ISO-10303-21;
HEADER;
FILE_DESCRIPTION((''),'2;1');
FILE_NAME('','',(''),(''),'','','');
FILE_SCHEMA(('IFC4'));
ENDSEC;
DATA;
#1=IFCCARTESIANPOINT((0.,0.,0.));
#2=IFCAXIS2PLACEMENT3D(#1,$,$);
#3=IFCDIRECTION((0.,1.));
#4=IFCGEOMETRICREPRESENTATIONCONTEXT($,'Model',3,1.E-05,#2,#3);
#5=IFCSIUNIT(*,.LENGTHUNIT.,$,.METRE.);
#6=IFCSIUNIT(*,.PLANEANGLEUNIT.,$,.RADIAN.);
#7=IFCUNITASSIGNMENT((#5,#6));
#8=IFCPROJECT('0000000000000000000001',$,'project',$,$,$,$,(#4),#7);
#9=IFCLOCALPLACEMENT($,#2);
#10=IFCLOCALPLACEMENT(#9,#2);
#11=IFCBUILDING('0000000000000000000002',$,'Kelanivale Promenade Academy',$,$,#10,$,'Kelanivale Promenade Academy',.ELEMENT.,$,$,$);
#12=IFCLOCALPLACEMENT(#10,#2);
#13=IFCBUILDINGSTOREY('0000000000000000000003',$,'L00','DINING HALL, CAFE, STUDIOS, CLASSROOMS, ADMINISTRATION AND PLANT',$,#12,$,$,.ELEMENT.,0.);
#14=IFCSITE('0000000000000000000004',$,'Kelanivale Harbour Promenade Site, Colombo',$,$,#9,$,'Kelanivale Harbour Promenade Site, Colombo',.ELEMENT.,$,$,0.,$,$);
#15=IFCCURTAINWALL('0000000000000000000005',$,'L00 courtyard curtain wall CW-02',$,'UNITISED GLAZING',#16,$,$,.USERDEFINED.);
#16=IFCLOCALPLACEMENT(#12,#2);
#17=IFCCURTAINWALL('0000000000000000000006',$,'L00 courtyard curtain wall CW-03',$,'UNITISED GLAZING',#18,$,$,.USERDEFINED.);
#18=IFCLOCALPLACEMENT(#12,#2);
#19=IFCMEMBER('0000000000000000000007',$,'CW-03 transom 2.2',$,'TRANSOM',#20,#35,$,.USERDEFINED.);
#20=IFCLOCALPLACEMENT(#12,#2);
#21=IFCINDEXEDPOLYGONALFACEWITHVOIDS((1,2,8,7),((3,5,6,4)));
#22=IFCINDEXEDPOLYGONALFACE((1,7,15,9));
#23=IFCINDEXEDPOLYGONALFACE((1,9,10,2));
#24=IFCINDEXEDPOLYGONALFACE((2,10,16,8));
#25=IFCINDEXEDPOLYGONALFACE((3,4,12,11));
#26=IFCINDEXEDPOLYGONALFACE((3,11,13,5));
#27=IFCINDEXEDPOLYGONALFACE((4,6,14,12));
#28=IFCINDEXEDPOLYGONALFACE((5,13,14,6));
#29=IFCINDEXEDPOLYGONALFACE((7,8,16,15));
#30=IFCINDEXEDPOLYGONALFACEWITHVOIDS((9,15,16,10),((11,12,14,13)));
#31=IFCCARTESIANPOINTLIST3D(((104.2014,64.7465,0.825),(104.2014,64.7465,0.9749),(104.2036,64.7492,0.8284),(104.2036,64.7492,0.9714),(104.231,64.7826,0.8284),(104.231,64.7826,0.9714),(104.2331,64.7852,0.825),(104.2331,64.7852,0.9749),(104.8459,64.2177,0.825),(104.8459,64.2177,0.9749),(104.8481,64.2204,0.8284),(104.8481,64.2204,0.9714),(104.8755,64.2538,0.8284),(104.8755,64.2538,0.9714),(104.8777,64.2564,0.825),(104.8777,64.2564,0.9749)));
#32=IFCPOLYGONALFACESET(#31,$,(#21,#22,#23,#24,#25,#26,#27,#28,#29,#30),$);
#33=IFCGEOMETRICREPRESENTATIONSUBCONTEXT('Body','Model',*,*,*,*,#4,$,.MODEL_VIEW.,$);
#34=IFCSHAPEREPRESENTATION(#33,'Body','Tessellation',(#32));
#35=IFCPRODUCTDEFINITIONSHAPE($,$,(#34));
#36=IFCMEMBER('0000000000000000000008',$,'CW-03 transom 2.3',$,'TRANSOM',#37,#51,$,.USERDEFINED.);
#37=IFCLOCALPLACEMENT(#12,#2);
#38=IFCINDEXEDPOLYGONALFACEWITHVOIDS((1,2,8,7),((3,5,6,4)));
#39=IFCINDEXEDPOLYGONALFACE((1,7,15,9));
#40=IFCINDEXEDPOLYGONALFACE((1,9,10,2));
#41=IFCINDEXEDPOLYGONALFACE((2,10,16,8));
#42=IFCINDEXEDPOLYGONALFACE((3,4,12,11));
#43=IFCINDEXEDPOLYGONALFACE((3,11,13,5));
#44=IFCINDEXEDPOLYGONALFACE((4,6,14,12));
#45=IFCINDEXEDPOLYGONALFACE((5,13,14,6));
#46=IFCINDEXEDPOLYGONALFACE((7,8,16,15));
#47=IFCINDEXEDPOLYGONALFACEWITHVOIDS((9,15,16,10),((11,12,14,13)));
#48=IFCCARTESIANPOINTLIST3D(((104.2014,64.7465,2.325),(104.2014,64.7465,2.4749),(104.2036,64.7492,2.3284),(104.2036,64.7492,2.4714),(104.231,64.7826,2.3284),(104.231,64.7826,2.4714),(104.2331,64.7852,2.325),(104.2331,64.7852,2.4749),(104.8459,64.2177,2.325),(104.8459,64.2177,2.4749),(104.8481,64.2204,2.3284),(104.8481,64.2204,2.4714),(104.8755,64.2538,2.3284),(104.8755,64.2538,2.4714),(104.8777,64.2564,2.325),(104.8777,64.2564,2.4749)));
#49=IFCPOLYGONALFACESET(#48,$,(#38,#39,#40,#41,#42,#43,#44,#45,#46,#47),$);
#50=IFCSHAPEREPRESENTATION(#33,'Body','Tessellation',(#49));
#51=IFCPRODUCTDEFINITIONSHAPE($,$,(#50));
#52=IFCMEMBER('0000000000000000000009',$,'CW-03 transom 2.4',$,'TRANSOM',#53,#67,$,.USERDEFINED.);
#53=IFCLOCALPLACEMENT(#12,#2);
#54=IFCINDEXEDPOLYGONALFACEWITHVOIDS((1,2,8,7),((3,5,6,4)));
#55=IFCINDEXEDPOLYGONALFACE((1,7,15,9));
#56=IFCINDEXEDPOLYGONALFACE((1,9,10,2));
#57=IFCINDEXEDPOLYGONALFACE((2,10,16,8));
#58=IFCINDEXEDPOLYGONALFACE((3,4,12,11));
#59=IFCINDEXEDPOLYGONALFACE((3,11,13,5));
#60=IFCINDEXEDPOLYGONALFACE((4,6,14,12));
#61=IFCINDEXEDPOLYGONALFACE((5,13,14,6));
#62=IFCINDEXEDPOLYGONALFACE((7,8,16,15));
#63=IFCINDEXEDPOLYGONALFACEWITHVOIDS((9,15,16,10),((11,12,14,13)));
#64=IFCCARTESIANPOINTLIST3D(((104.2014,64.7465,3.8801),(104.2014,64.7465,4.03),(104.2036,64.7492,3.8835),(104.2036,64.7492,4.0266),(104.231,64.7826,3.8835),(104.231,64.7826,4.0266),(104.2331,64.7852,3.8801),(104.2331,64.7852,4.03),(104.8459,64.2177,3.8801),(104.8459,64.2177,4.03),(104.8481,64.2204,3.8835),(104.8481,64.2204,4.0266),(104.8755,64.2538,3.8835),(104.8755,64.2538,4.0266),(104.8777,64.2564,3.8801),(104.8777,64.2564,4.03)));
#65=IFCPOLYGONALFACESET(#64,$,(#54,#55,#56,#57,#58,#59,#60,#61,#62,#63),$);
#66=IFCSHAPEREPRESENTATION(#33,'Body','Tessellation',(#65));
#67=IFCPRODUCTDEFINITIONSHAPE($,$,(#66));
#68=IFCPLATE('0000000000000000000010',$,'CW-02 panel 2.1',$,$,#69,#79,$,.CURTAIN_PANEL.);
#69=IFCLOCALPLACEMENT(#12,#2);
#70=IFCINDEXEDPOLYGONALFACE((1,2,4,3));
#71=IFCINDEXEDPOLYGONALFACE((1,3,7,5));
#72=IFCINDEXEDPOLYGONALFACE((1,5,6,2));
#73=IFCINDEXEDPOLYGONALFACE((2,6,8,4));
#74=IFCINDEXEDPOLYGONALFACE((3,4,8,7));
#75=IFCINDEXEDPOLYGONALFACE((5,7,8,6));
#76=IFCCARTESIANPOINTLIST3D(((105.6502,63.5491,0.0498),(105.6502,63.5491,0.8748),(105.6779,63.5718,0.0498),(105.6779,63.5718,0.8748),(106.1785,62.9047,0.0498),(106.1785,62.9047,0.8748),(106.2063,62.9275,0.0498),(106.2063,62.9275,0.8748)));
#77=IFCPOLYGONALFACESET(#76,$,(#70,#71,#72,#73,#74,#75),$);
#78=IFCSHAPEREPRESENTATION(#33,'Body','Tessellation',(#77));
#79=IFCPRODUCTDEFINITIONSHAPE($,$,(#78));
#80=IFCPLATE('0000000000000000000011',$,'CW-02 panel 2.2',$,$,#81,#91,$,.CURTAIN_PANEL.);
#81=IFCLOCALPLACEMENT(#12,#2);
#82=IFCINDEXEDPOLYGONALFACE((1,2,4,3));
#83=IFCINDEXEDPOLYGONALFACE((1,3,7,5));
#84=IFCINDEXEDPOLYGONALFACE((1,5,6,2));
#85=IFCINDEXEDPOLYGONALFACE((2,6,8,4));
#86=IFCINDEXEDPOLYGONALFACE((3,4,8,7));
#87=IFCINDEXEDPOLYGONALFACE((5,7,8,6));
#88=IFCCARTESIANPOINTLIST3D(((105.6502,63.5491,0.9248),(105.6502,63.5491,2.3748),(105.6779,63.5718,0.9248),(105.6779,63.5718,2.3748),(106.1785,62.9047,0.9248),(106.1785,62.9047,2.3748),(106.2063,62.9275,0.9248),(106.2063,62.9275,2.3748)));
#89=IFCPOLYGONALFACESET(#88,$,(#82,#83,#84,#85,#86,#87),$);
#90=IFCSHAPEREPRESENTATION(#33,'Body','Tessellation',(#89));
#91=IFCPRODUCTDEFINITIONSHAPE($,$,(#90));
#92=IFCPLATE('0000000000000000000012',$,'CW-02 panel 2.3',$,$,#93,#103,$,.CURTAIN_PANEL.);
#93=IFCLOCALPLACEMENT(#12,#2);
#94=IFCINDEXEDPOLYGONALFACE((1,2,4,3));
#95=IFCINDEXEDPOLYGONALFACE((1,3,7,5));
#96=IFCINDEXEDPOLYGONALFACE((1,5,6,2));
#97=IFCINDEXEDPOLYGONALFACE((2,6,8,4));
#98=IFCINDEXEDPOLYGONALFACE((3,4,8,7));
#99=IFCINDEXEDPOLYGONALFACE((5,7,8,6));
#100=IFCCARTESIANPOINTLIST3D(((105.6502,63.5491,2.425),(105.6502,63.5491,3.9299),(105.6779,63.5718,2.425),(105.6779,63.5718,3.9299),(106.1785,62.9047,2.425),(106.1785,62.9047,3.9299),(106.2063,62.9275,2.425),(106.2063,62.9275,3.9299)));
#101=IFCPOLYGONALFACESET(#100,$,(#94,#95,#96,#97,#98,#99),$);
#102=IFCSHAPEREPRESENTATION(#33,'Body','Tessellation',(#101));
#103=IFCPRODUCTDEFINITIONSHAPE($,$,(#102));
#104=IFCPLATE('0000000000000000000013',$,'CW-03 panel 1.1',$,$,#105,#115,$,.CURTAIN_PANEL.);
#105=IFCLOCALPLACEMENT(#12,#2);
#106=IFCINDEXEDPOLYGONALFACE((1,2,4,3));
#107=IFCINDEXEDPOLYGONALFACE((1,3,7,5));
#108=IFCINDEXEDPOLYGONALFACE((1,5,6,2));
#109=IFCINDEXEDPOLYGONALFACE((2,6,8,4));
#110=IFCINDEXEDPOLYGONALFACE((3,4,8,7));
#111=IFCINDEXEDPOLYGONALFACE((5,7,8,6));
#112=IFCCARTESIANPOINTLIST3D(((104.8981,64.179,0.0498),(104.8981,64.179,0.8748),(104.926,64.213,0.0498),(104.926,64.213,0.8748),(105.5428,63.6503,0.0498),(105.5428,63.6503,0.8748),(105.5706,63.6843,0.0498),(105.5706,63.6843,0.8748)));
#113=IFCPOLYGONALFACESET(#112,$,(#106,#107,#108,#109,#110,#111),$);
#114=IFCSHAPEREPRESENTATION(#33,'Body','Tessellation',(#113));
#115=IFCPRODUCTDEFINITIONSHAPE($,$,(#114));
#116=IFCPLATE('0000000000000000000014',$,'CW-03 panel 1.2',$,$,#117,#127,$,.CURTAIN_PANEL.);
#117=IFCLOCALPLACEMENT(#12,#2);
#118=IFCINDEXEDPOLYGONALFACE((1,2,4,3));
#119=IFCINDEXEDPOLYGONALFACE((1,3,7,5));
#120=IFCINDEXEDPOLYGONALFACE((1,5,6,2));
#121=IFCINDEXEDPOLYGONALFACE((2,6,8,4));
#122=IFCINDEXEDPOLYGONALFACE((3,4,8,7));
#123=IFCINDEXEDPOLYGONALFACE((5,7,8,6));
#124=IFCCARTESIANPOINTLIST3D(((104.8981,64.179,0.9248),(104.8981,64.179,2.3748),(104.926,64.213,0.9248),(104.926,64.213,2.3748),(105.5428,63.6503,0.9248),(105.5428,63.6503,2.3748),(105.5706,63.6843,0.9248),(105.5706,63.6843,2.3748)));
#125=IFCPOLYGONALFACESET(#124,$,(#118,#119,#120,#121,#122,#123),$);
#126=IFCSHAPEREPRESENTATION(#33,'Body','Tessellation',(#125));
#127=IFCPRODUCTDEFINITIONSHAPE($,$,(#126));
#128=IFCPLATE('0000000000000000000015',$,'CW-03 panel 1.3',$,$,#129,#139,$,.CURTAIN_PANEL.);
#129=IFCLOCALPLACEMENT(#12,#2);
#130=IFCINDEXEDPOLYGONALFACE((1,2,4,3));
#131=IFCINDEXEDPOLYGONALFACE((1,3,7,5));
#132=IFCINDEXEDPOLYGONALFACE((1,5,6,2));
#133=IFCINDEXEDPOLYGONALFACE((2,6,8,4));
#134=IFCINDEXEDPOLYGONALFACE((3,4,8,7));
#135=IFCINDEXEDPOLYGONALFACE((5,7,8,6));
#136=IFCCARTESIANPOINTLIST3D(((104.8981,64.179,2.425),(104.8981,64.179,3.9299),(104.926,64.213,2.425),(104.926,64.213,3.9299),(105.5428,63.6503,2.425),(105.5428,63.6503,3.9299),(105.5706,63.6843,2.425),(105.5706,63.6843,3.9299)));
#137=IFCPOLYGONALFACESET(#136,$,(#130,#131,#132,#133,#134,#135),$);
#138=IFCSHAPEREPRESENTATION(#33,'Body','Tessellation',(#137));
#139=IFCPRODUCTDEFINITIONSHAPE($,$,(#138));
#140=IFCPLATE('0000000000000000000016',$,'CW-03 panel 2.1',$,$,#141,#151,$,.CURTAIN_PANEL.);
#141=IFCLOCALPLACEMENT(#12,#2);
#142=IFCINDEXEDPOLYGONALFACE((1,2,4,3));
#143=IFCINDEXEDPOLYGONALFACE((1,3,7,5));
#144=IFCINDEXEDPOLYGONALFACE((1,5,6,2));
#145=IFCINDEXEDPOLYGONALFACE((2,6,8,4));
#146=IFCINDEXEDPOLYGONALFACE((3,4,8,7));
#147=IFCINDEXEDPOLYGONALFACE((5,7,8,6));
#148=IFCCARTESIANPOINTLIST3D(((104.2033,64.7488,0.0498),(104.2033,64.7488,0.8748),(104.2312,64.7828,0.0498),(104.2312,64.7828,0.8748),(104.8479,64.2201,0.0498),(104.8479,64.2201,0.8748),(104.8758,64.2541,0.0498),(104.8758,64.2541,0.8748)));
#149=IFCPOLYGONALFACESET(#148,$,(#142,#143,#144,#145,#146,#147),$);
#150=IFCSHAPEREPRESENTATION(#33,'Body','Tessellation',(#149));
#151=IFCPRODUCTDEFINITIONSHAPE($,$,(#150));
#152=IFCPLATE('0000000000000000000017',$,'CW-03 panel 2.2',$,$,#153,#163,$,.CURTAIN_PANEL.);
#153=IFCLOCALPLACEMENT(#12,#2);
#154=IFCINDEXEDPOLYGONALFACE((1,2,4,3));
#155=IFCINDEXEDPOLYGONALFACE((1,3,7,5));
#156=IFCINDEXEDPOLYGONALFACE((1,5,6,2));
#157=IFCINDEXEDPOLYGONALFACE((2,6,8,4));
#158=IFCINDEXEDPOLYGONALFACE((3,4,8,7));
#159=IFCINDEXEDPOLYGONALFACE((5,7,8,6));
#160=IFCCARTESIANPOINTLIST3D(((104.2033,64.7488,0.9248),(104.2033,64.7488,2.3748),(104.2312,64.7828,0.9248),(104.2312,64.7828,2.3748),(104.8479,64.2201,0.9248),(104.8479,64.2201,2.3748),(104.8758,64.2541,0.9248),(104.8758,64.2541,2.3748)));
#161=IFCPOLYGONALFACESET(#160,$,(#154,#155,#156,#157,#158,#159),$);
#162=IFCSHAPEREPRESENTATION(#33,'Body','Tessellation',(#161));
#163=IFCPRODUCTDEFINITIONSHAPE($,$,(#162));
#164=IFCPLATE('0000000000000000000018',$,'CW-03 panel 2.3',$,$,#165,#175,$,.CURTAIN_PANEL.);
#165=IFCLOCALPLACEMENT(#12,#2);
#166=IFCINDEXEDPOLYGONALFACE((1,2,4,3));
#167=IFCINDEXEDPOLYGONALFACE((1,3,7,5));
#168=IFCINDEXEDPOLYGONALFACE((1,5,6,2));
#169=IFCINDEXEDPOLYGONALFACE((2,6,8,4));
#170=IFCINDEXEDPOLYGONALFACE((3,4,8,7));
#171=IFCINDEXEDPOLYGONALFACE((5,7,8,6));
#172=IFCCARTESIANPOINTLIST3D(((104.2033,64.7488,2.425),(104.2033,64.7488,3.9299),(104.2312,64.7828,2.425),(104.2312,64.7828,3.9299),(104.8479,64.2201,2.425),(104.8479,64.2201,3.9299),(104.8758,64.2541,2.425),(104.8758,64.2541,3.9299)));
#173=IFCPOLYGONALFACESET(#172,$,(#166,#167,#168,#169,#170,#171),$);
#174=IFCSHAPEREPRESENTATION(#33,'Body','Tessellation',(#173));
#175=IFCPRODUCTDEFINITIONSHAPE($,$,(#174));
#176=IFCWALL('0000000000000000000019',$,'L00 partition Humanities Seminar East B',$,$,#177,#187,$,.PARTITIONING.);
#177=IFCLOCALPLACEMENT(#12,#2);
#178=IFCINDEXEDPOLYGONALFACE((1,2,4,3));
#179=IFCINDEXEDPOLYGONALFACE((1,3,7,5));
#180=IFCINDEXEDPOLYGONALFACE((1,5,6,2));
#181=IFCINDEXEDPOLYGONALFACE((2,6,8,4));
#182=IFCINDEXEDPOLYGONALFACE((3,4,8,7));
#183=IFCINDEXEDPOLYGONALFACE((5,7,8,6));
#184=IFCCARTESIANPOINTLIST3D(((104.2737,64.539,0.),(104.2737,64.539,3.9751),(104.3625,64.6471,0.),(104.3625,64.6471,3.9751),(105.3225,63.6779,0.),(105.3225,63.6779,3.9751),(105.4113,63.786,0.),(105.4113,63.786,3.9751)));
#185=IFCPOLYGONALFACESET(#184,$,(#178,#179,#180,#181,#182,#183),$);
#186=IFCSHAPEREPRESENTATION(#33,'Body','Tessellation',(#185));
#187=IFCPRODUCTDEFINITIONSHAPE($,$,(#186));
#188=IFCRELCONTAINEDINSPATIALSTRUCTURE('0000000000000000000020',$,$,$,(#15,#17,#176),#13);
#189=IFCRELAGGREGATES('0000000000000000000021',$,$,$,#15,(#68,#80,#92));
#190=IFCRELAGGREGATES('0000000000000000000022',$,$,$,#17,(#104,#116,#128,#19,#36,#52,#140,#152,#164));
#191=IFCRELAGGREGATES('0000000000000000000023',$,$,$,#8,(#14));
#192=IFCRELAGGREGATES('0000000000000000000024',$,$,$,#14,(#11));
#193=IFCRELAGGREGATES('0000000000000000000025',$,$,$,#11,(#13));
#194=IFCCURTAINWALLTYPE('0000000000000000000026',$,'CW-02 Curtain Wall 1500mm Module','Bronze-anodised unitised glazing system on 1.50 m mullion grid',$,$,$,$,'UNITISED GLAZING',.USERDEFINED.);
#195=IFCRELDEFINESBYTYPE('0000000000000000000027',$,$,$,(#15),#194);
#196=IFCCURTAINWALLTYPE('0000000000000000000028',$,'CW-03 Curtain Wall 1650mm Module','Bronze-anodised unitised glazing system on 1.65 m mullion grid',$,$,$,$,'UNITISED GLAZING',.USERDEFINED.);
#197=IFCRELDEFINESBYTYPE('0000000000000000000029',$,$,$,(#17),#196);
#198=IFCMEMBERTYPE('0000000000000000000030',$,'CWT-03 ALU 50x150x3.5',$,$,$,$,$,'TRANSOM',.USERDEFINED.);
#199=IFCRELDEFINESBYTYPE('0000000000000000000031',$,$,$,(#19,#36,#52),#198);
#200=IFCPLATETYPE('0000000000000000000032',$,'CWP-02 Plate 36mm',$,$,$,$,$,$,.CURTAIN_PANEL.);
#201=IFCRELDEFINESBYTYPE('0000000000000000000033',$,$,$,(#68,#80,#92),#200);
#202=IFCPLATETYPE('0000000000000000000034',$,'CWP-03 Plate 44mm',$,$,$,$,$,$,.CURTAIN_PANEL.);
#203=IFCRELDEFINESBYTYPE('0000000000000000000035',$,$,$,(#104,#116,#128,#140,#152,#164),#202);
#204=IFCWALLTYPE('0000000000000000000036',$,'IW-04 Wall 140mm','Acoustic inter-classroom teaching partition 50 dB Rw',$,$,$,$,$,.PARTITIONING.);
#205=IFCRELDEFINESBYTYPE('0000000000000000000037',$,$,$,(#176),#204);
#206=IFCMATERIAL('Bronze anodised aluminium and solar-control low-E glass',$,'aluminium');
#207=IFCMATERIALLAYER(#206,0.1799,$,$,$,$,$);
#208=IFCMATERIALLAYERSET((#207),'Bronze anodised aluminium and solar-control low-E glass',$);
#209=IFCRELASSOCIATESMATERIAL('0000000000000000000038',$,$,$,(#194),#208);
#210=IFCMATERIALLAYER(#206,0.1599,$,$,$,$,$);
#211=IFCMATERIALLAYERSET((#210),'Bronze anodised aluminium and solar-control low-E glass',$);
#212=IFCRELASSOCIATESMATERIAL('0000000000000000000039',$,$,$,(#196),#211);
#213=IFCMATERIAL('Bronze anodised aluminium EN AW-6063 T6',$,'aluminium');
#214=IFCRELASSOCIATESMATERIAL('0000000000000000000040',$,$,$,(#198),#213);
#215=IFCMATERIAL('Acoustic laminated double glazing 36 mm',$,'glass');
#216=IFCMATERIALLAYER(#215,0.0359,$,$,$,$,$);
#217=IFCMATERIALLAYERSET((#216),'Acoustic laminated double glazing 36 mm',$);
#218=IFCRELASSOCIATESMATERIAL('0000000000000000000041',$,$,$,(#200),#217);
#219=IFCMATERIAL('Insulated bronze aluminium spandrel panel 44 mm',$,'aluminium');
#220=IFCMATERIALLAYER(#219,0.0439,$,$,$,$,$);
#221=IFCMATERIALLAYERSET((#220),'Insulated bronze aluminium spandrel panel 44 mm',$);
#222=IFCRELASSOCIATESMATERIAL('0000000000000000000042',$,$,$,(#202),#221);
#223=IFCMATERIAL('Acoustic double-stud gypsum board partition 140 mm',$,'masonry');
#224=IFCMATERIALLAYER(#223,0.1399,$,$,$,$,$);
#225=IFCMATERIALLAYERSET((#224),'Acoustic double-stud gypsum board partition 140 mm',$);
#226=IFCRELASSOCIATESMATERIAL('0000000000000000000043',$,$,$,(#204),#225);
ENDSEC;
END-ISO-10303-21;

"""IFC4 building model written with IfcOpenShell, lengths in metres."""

from ifc_helpers import new_model, si_unit, direction, frame, frame_2d, origin, origin_2d, place, context, subcontext, project, spatial, rectangle, hollow_rectangle, extrude, material, layer, layer_set, material_profile, profile_set, type_object, element, aggregate, save


model = new_model("IFC4")

# Units and contexts
model_context = context("Model", 3, precision=1e-05, world=origin(), true_north=direction((0.0, 1.0)))
body_context = subcontext(model_context, "Body", "Model", "MODEL_VIEW")
ifc_project = project(units=[si_unit("LENGTHUNIT", "METRE"), si_unit("PLANEANGLEUNIT", "RADIAN")], contexts=[model_context])

# Site, building, storey
site_placement = place(None, origin())
site = spatial("IfcSite", under=ifc_project, at=site_placement, Name="Kelanivale Harbour Promenade Site, Colombo", LongName="Kelanivale Harbour Promenade Site, Colombo", CompositionType="ELEMENT", RefElevation=0.0)
building_placement = place(site_placement, origin())
building = spatial("IfcBuilding", under=site, at=building_placement, Name="Kelanivale Promenade Academy", LongName="Kelanivale Promenade Academy", CompositionType="ELEMENT")
storey_placement = place(building_placement, origin())
storey = spatial("IfcBuildingStorey", under=building, at=storey_placement, Name="L00", Description="DINING HALL, CAFE, STUDIOS, CLASSROOMS, ADMINISTRATION AND PLANT", CompositionType="ELEMENT", Elevation=0.0)

# Curtain wall
ifc_material_1 = material(Name="Bronze anodised aluminium and solar-control low-E glass", Category="aluminium")
ifc_layer_1 = layer(ifc_material_1, 0.1799)
ifc_layer_set_1 = layer_set([ifc_layer_1], Name="Bronze anodised aluminium and solar-control low-E glass")
curtain_wall_type_1 = type_object("IfcCurtainWallType", Name="CW-02 Curtain Wall 1500mm Module", Description="Bronze-anodised unitised glazing system on 1.50 m mullion grid", ElementType="UNITISED GLAZING", PredefinedType="USERDEFINED", material=ifc_layer_set_1)
curtain_wall_1_placement = place(storey_placement, origin())
curtain_wall_1 = element("IfcCurtainWall", 1, at=curtain_wall_1_placement, inside=storey, type_object=curtain_wall_type_1, Name="L00 courtyard curtain wall CW-02", ObjectType="UNITISED GLAZING", PredefinedType="USERDEFINED")
ifc_material_2 = material(Name="Bronze anodised aluminium EN AW-6063 T6", Category="aluminium")

# Curtain wall
ifc_layer_2 = layer(ifc_material_1, 0.1599)
ifc_layer_set_2 = layer_set([ifc_layer_2], Name="Bronze anodised aluminium and solar-control low-E glass")
curtain_wall_type_2 = type_object("IfcCurtainWallType", Name="CW-03 Curtain Wall 1650mm Module", Description="Bronze-anodised unitised glazing system on 1.65 m mullion grid", ElementType="UNITISED GLAZING", PredefinedType="USERDEFINED", material=ifc_layer_set_2)
curtain_wall_2_placement = place(storey_placement, origin())
curtain_wall_2 = element("IfcCurtainWall", 2, at=curtain_wall_2_placement, inside=storey, type_object=curtain_wall_type_2, Name="L00 courtyard curtain wall CW-03", ObjectType="UNITISED GLAZING", PredefinedType="USERDEFINED")

# Members
ifc_material_profile_1 = material_profile(ifc_material_2, hollow_rectangle(XDim=0.05, YDim=0.1499, WallThickness=0.0034, at=origin_2d()), Name="ALU 50x150x3.5")
ifc_profile_set_1 = profile_set([ifc_material_profile_1], Name="Bronze anodised aluminium EN AW-6063 T6")
member_type_1 = type_object("IfcMemberType", Name="CWT-03 ALU 50x150x3.5", ElementType="TRANSOM", PredefinedType="USERDEFINED", material=ifc_profile_set_1)
member_1_placement = place(storey_placement, frame((104.8618, 64.2371, 0.8999), z_axis=(-0.773095, 0.63429, 0.0), x_axis=(-0.63429, -0.773095, 0.0)))
member_1 = element("IfcMember", 3, at=member_1_placement, type_object=member_type_1, Name="CW-03 transom 2.2", ObjectType="TRANSOM", PredefinedType="USERDEFINED", context=body_context, shape_type="SweptSolid", body=[
    extrude(hollow_rectangle(XDim=0.05, YDim=0.1499, WallThickness=0.0034, at=origin_2d()), origin(), (0.0, 0.0, 1.0), 0.8337),
])
member_2_placement = place(storey_placement, frame((104.8618, 64.2371, 2.3999), z_axis=(-0.773095, 0.63429, 0.0), x_axis=(-0.63429, -0.773095, 0.0)))
member_2 = element("IfcMember", 4, at=member_2_placement, type_object=member_type_1, Name="CW-03 transom 2.3", ObjectType="TRANSOM", PredefinedType="USERDEFINED", context=body_context, shape_type="SweptSolid", body=[
    extrude(hollow_rectangle(XDim=0.05, YDim=0.1499, WallThickness=0.0034, at=origin_2d()), origin(), (0.0, 0.0, 1.0), 0.8337),
])
member_3_placement = place(storey_placement, frame((104.8618, 64.2371, 3.9551), z_axis=(-0.773095, 0.63429, 0.0), x_axis=(-0.63429, -0.773095, 0.0)))
member_3 = element("IfcMember", 5, at=member_3_placement, type_object=member_type_1, Name="CW-03 transom 2.4", ObjectType="TRANSOM", PredefinedType="USERDEFINED", context=body_context, shape_type="SweptSolid", body=[
    extrude(hollow_rectangle(XDim=0.05, YDim=0.1499, WallThickness=0.0034, at=origin_2d()), origin(), (0.0, 0.0, 1.0), 0.8337),
])

# Plates
ifc_material_3 = material(Name="Acoustic laminated double glazing 36 mm", Category="glass")
ifc_layer_3 = layer(ifc_material_3, 0.0359)
ifc_layer_set_3 = layer_set([ifc_layer_3], Name="Acoustic laminated double glazing 36 mm")
plate_type_1 = type_object("IfcPlateType", Name="CWP-02 Plate 36mm", PredefinedType="CURTAIN_PANEL", material=ifc_layer_set_3)
plate_1_placement = place(storey_placement, frame((105.9282, 63.2383, 0.0498), z_axis=(0.0, 0.0, 1.0), x_axis=(-0.634093, 0.773257, 0.0)))
plate_1 = element("IfcPlate", 6, at=plate_1_placement, type_object=plate_type_1, Name="CW-02 panel 2.1", PredefinedType="CURTAIN_PANEL", context=body_context, shape_type="SweptSolid", body=[
    extrude(rectangle(XDim=0.8333, YDim=0.0359, at=origin_2d()), origin(), (0.0, 0.0, 1.0), 0.825),
])
plate_2_placement = place(storey_placement, frame((105.9282, 63.2383, 0.9248), z_axis=(0.0, 0.0, 1.0), x_axis=(-0.634093, 0.773257, 0.0)))
plate_2 = element("IfcPlate", 7, at=plate_2_placement, type_object=plate_type_1, Name="CW-02 panel 2.2", PredefinedType="CURTAIN_PANEL", context=body_context, shape_type="SweptSolid", body=[
    extrude(rectangle(XDim=0.8333, YDim=0.0359, at=origin_2d()), origin(), (0.0, 0.0, 1.0), 1.45),
])
plate_3_placement = place(storey_placement, frame((105.9282, 63.2383, 2.425), z_axis=(0.0, 0.0, 1.0), x_axis=(-0.634093, 0.773257, 0.0)))
plate_3 = element("IfcPlate", 8, at=plate_3_placement, type_object=plate_type_1, Name="CW-02 panel 2.3", PredefinedType="CURTAIN_PANEL", context=body_context, shape_type="SweptSolid", body=[
    extrude(rectangle(XDim=0.8333, YDim=0.0359, at=origin_2d()), origin(), (0.0, 0.0, 1.0), 1.5049),
])
aggregate(curtain_wall_1, [plate_1, plate_2, plate_3])
ifc_material_4 = material(Name="Insulated bronze aluminium spandrel panel 44 mm", Category="aluminium")
ifc_layer_4 = layer(ifc_material_4, 0.0439)
ifc_layer_set_4 = layer_set([ifc_layer_4], Name="Insulated bronze aluminium spandrel panel 44 mm")
plate_type_2 = type_object("IfcPlateType", Name="CWP-03 Plate 44mm", PredefinedType="CURTAIN_PANEL", material=ifc_layer_set_4)
plate_4_placement = place(storey_placement, frame((105.2344, 63.9316, 0.0498), z_axis=(0.0, 0.0, 1.0), x_axis=(-0.773215, 0.634144, 0.0)))
plate_4 = element("IfcPlate", 9, at=plate_4_placement, type_object=plate_type_2, Name="CW-03 panel 1.1", PredefinedType="CURTAIN_PANEL", context=body_context, shape_type="SweptSolid", body=[
    extrude(rectangle(XDim=0.8337, YDim=0.0439, at=origin_2d()), origin(), (0.0, 0.0, 1.0), 0.825),
])
plate_5_placement = place(storey_placement, frame((105.2344, 63.9316, 0.9248), z_axis=(0.0, 0.0, 1.0), x_axis=(-0.773215, 0.634144, 0.0)))
plate_5 = element("IfcPlate", 10, at=plate_5_placement, type_object=plate_type_2, Name="CW-03 panel 1.2", PredefinedType="CURTAIN_PANEL", context=body_context, shape_type="SweptSolid", body=[
    extrude(rectangle(XDim=0.8337, YDim=0.0439, at=origin_2d()), origin(), (0.0, 0.0, 1.0), 1.45),
])
plate_6_placement = place(storey_placement, frame((105.2344, 63.9316, 2.425), z_axis=(0.0, 0.0, 1.0), x_axis=(-0.773215, 0.634144, 0.0)))
plate_6 = element("IfcPlate", 11, at=plate_6_placement, type_object=plate_type_2, Name="CW-03 panel 1.3", PredefinedType="CURTAIN_PANEL", context=body_context, shape_type="SweptSolid", body=[
    extrude(rectangle(XDim=0.8337, YDim=0.0439, at=origin_2d()), origin(), (0.0, 0.0, 1.0), 1.5049),
])
plate_7_placement = place(storey_placement, frame((104.5396, 64.5015, 0.0498), z_axis=(0.0, 0.0, 1.0), x_axis=(-0.773215, 0.634144, 0.0)))
plate_7 = element("IfcPlate", 12, at=plate_7_placement, type_object=plate_type_2, Name="CW-03 panel 2.1", PredefinedType="CURTAIN_PANEL", context=body_context, shape_type="SweptSolid", body=[
    extrude(rectangle(XDim=0.8337, YDim=0.0439, at=origin_2d()), origin(), (0.0, 0.0, 1.0), 0.825),
])
plate_8_placement = place(storey_placement, frame((104.5396, 64.5015, 0.9248), z_axis=(0.0, 0.0, 1.0), x_axis=(-0.773215, 0.634144, 0.0)))
plate_8 = element("IfcPlate", 13, at=plate_8_placement, type_object=plate_type_2, Name="CW-03 panel 2.2", PredefinedType="CURTAIN_PANEL", context=body_context, shape_type="SweptSolid", body=[
    extrude(rectangle(XDim=0.8337, YDim=0.0439, at=origin_2d()), origin(), (0.0, 0.0, 1.0), 1.45),
])
plate_9_placement = place(storey_placement, frame((104.5396, 64.5015, 2.425), z_axis=(0.0, 0.0, 1.0), x_axis=(-0.773215, 0.634144, 0.0)))
plate_9 = element("IfcPlate", 14, at=plate_9_placement, type_object=plate_type_2, Name="CW-03 panel 2.3", PredefinedType="CURTAIN_PANEL", context=body_context, shape_type="SweptSolid", body=[
    extrude(rectangle(XDim=0.8337, YDim=0.0439, at=origin_2d()), origin(), (0.0, 0.0, 1.0), 1.5049),
])
aggregate(curtain_wall_2, [plate_4, plate_5, plate_6, member_1, member_2, member_3, plate_7, plate_8, plate_9])

# Wall
ifc_material_5 = material(Name="Acoustic double-stud gypsum board partition 140 mm", Category="masonry")
ifc_layer_5 = layer(ifc_material_5, 0.1399)
ifc_layer_set_5 = layer_set([ifc_layer_5], Name="Acoustic double-stud gypsum board partition 140 mm")
wall_type = type_object("IfcWallType", Name="IW-04 Wall 140mm", Description="Acoustic inter-classroom teaching partition 50 dB Rw", PredefinedType="PARTITIONING", material=ifc_layer_set_5)
for number, where, z_axis, x_axis, name in (
    (15, (104.3181, 64.593, 0.0), (0.0, 0.0, 1.0), (0.77289, -0.63454, 0.0), "L00 partition Humanities Seminar East B"),
):
    element("IfcWall", number, at=place(storey_placement, frame(where, z_axis=z_axis, x_axis=x_axis)), inside=storey, type_object=wall_type, Name=name, PredefinedType="PARTITIONING", context=body_context, shape_type="SweptSolid", body=[
        extrude(rectangle(XDim=1.3569, YDim=0.1399, at=frame_2d((0.6785, 0.0))), origin(), (0.0, 0.0, 1.0), 3.9751),
    ])

save(model, "model.ifc")
